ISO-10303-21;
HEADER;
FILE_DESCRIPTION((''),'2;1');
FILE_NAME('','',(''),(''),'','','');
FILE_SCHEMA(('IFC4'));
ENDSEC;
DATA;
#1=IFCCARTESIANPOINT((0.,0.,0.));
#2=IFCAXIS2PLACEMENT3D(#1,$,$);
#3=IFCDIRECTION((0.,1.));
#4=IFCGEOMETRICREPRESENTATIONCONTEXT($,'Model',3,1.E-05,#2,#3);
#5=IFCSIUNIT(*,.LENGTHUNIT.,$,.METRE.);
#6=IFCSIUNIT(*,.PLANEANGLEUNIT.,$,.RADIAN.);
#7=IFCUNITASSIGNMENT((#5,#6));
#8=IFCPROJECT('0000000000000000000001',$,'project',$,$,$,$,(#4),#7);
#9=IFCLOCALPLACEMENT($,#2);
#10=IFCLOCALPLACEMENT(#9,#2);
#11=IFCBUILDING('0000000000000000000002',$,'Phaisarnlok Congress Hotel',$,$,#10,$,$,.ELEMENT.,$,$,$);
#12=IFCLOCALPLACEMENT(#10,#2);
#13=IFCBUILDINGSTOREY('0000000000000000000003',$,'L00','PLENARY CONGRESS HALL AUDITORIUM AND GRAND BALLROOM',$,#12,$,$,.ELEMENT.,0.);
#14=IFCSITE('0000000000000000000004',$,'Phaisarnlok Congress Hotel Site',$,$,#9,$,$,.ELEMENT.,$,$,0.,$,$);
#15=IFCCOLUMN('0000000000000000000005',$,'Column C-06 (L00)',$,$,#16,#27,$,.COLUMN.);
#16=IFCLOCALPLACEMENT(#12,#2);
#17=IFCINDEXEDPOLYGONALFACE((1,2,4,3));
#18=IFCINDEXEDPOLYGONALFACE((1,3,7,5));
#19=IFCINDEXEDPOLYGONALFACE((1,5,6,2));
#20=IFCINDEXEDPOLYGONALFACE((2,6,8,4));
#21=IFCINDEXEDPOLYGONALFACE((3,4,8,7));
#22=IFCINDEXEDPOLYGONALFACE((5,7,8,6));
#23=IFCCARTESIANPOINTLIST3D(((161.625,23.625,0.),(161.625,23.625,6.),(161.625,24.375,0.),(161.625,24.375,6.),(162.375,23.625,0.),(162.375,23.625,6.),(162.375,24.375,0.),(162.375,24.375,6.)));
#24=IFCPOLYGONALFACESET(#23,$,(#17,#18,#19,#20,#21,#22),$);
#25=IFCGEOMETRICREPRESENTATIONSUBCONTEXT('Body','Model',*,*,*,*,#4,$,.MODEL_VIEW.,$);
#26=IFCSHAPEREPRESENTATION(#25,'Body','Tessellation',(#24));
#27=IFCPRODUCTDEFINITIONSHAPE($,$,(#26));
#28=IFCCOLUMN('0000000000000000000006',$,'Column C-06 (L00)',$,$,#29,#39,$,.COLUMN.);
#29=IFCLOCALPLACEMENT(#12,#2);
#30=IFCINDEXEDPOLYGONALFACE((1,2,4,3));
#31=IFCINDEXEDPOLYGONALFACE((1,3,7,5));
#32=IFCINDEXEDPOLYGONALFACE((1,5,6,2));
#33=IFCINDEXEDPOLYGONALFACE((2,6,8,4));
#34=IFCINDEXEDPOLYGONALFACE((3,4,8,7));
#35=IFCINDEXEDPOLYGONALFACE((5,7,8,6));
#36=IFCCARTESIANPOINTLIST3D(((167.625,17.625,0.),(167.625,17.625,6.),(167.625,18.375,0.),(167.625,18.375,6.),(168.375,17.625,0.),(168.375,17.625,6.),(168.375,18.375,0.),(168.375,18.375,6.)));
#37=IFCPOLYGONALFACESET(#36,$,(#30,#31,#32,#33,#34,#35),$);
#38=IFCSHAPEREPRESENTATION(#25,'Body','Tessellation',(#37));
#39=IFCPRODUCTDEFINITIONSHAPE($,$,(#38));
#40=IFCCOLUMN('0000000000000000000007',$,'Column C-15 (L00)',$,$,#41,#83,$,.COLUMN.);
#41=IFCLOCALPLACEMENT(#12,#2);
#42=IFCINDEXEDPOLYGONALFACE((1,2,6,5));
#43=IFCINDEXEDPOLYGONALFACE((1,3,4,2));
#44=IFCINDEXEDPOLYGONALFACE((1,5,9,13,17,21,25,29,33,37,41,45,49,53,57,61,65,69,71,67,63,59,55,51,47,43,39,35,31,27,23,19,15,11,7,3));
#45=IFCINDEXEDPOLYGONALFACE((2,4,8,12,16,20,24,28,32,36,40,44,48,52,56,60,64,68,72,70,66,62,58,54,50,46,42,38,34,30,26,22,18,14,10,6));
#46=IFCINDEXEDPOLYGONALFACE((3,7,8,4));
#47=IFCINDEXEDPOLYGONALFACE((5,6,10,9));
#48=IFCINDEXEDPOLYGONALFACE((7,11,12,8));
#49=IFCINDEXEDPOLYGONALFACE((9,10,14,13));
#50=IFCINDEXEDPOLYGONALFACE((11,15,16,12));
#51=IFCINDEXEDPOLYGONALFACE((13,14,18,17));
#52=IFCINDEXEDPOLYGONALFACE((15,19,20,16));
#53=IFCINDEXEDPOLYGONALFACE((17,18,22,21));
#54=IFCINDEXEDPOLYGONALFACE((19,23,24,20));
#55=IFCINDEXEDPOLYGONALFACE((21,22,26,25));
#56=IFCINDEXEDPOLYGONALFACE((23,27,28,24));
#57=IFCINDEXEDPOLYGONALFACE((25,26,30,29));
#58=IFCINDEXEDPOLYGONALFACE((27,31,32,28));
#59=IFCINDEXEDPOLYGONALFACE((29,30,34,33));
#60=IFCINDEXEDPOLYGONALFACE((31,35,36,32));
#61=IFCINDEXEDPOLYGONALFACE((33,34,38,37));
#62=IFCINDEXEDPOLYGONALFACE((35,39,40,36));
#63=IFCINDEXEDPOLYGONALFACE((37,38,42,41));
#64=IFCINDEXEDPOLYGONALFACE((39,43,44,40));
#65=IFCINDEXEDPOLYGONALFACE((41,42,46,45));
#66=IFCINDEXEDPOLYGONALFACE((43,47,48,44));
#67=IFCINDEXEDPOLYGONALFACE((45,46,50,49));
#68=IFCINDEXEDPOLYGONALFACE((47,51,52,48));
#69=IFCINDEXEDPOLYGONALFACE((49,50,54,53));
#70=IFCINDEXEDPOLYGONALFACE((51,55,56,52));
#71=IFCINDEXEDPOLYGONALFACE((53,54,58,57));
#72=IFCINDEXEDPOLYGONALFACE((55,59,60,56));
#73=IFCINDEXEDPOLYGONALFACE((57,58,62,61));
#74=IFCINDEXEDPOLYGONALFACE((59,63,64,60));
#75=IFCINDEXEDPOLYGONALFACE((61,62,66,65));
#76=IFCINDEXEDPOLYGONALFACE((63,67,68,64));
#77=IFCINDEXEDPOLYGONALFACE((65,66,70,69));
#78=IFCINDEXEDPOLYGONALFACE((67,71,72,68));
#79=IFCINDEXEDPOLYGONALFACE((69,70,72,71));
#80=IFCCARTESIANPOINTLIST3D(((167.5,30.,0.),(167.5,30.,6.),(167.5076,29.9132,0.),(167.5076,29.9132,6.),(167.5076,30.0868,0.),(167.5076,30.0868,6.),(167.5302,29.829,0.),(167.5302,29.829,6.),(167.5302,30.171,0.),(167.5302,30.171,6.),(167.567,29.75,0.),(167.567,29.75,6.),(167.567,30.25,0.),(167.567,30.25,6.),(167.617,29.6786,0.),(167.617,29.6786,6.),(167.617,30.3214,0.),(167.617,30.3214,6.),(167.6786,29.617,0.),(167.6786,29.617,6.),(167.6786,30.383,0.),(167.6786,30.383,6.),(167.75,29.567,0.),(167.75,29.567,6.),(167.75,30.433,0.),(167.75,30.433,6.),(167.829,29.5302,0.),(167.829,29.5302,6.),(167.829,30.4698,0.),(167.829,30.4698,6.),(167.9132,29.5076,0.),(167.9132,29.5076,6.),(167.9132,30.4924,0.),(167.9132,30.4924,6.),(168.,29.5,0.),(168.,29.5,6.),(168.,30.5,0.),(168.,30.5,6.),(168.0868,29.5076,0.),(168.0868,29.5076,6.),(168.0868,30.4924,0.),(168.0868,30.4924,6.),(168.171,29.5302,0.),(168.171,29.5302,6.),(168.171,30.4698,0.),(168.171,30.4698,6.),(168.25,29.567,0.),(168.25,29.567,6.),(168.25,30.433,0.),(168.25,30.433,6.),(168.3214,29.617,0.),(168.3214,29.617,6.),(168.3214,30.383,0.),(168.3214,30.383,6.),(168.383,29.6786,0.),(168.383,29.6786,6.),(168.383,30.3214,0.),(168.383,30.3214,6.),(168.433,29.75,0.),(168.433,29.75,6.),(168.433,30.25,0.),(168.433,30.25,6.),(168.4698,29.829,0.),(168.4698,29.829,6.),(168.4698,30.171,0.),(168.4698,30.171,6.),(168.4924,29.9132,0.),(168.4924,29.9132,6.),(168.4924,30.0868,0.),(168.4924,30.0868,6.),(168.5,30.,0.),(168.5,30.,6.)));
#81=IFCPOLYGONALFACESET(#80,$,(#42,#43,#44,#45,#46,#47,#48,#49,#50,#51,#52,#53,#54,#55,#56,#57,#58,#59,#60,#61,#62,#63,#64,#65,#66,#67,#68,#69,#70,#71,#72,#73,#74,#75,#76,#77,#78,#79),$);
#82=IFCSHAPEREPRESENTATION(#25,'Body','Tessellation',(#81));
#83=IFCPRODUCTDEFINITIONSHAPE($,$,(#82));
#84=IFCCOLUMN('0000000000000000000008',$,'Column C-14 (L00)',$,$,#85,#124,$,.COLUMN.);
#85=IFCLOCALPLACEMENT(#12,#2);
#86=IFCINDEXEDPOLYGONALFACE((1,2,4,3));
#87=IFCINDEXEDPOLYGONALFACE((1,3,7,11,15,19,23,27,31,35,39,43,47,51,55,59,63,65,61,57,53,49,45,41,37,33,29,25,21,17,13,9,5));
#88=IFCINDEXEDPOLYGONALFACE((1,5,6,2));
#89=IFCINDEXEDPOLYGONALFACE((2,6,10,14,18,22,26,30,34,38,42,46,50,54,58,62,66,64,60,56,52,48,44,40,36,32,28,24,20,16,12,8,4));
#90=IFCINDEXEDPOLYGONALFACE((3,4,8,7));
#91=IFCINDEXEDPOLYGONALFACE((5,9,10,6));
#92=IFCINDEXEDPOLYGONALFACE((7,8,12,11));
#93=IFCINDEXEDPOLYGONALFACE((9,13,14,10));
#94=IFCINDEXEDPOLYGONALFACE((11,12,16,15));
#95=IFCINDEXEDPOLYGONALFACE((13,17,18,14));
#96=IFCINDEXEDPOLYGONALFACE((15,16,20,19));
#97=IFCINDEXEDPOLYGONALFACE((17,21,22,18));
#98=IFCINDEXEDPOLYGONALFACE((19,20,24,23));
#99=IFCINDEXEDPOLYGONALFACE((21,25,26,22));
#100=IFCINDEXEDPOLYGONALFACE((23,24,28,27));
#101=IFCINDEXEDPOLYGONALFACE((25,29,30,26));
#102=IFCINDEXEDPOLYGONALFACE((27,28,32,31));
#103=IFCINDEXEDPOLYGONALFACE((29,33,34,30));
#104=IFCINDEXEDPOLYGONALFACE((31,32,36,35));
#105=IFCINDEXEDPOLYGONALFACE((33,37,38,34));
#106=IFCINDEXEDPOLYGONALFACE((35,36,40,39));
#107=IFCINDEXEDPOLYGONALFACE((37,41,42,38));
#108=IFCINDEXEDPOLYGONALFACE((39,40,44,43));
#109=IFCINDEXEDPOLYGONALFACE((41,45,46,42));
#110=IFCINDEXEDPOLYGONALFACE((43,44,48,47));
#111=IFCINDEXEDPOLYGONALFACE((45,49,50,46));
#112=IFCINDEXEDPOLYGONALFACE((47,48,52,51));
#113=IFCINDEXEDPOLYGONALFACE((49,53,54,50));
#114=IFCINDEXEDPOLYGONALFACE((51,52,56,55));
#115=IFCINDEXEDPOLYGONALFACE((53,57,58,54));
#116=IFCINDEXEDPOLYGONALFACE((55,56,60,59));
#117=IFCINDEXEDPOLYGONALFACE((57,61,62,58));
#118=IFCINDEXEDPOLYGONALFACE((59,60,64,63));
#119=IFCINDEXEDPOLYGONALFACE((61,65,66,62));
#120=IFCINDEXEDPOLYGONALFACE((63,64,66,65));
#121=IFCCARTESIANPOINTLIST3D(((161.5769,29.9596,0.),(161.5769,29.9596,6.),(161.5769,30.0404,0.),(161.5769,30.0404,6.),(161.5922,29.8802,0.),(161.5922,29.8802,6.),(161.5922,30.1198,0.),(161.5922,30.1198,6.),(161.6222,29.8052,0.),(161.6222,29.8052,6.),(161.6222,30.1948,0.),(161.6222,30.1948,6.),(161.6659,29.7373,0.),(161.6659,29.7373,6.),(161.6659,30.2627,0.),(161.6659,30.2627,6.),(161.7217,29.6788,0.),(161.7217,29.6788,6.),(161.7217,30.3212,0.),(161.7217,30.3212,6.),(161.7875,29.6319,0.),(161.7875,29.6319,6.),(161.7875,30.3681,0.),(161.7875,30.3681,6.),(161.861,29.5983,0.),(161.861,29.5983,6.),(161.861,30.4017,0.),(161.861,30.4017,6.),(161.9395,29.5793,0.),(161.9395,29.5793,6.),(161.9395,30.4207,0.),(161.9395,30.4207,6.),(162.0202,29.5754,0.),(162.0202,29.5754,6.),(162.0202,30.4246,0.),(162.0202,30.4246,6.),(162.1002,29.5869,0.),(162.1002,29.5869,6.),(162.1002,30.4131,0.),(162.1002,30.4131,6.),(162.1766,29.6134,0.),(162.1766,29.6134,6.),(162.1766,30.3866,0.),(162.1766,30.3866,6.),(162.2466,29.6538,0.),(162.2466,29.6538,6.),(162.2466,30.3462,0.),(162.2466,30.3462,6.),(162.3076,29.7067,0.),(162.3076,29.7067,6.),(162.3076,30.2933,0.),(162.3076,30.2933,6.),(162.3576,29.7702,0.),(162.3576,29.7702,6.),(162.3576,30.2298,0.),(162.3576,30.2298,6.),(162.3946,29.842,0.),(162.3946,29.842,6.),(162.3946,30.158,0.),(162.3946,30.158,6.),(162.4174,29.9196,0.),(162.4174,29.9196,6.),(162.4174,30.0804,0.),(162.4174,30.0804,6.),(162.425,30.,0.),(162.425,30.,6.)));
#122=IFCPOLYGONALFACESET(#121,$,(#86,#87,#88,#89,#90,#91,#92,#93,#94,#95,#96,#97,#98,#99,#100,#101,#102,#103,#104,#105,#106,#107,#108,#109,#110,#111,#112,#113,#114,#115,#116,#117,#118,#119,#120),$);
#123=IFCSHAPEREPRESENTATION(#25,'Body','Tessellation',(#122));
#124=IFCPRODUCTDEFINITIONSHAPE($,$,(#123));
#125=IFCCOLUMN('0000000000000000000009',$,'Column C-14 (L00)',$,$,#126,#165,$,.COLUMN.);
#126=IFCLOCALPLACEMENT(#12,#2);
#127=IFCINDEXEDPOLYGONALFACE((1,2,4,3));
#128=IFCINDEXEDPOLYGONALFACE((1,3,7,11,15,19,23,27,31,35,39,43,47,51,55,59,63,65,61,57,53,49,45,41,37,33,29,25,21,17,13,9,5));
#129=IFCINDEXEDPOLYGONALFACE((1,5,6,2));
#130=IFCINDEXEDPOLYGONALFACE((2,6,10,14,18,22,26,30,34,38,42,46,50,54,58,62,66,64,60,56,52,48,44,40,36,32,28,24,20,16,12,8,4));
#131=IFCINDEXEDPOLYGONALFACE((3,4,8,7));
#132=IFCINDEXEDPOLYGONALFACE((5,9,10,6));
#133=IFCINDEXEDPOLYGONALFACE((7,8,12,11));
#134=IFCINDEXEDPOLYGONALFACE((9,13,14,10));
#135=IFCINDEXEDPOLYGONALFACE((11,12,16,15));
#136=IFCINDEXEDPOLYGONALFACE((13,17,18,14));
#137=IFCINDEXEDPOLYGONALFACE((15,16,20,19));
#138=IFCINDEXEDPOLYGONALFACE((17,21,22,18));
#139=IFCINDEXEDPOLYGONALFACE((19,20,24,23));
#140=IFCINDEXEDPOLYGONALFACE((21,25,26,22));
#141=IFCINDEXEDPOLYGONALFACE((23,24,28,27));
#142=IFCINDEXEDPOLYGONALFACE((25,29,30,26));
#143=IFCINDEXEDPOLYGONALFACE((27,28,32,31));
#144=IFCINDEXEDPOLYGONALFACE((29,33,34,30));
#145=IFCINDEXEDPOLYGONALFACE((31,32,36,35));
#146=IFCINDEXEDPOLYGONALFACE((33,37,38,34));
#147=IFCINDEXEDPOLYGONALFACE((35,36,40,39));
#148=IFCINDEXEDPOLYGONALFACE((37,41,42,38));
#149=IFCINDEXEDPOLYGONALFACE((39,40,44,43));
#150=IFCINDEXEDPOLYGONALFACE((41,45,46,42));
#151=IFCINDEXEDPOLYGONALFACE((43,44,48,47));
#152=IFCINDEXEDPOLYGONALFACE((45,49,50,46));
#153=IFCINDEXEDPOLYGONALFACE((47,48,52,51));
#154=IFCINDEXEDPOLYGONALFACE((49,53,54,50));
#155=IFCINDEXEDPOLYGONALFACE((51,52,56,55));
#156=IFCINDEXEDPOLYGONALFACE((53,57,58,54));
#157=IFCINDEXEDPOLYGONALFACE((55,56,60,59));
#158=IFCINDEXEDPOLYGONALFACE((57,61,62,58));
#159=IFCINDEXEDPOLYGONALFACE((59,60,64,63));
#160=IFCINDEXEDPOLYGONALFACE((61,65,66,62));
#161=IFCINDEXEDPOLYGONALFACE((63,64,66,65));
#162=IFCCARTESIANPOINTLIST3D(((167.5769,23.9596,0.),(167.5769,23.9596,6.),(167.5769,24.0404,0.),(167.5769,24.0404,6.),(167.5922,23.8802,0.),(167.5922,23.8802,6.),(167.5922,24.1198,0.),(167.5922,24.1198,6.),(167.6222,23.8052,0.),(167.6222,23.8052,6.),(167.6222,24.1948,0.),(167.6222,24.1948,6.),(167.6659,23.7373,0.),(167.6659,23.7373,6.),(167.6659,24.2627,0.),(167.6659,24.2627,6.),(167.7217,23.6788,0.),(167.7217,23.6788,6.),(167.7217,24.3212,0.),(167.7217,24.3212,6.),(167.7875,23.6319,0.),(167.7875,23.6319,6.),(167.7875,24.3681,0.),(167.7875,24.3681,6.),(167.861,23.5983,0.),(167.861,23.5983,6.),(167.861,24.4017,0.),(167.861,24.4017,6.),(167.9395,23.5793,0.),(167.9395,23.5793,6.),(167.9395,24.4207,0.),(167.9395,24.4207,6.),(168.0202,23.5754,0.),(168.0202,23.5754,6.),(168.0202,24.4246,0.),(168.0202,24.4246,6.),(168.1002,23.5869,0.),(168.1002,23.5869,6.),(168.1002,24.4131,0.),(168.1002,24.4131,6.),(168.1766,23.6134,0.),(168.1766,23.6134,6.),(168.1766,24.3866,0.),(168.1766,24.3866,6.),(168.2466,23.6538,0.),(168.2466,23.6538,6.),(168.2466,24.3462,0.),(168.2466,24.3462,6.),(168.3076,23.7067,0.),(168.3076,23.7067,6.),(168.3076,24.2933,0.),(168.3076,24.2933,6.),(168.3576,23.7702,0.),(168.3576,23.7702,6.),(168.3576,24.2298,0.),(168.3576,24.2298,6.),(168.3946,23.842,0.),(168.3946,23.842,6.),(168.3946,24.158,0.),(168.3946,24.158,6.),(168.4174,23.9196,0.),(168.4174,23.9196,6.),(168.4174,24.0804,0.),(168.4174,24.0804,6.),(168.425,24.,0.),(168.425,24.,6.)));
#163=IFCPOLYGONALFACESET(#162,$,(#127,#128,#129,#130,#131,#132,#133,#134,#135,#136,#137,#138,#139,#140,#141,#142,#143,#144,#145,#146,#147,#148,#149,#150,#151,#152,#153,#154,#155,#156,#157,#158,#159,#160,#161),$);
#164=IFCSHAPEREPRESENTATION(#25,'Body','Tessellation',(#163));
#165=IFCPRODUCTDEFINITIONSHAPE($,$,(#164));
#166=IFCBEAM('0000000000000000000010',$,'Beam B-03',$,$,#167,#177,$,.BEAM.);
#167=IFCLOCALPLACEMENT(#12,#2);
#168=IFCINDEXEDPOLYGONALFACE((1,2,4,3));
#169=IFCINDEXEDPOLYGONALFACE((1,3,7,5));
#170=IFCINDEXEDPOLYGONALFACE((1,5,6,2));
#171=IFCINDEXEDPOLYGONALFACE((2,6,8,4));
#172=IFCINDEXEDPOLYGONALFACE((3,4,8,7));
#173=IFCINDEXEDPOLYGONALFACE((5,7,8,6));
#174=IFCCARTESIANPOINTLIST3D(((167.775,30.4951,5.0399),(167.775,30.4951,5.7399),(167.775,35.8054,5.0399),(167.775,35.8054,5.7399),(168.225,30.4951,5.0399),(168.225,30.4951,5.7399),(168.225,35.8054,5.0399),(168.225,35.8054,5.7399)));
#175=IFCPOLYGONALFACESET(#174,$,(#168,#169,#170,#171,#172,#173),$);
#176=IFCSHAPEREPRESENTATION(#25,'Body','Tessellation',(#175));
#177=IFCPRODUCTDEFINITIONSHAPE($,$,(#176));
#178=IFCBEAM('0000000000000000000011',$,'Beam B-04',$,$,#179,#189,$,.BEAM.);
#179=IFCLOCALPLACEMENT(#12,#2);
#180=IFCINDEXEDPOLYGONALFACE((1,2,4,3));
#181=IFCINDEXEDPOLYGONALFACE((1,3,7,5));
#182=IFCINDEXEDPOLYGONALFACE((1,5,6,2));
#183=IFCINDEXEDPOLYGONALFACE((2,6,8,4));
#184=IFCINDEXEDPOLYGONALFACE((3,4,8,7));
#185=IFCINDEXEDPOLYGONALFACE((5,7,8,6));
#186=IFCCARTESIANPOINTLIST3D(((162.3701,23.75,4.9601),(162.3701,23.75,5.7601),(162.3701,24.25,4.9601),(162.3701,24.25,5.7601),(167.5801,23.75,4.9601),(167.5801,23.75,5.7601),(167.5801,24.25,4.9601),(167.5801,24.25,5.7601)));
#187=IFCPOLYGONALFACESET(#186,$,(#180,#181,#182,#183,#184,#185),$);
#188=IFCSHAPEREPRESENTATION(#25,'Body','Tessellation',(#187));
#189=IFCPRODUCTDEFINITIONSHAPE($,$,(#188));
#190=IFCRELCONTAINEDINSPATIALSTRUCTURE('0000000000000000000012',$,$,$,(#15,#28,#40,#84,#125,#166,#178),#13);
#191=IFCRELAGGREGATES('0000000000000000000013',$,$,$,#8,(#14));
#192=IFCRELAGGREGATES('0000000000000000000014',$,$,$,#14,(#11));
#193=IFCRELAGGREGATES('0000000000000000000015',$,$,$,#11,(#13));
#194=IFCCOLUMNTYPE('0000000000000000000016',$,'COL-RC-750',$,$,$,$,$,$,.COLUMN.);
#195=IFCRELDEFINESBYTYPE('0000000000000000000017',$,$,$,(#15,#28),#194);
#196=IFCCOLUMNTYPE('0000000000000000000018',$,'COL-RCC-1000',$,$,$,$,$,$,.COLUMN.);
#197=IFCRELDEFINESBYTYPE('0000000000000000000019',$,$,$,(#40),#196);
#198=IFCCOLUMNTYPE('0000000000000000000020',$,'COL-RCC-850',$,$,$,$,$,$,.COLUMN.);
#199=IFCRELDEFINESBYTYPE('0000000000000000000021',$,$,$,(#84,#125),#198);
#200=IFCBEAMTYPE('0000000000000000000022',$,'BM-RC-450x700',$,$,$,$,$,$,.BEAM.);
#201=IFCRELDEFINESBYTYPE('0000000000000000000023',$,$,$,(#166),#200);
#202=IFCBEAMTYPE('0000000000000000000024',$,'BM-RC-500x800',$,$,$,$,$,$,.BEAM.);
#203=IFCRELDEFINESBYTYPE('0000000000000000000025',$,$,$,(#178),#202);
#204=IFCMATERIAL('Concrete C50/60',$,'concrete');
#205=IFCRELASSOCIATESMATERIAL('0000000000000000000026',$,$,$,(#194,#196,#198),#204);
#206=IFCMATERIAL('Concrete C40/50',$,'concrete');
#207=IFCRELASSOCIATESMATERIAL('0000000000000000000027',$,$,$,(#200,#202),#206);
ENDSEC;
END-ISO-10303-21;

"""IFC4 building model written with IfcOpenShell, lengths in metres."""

from ifc_helpers import new_model, si_unit, direction, frame, origin, origin_2d, place, context, subcontext, project, spatial, rectangle, circle, extrude, material, material_profile, profile_set, type_object, element, save


model = new_model("IFC4")

# Units and contexts
model_context = context("Model", 3, precision=1e-05, world=origin(), true_north=direction((0.0, 1.0)))
body_context = subcontext(model_context, "Body", "Model", "MODEL_VIEW")
ifc_project = project(units=[si_unit("LENGTHUNIT", "METRE"), si_unit("PLANEANGLEUNIT", "RADIAN")], contexts=[model_context])

# Site, building, storey
site_placement = place(None, origin())
site = spatial("IfcSite", under=ifc_project, at=site_placement, Name="Phaisarnlok Congress Hotel Site", CompositionType="ELEMENT", RefElevation=0.0)
building_placement = place(site_placement, origin())
building = spatial("IfcBuilding", under=site, at=building_placement, Name="Phaisarnlok Congress Hotel", CompositionType="ELEMENT")
storey_placement = place(building_placement, origin())
storey = spatial("IfcBuildingStorey", under=building, at=storey_placement, Name="L00", Description="PLENARY CONGRESS HALL AUDITORIUM AND GRAND BALLROOM", CompositionType="ELEMENT", Elevation=0.0)

# Columns
ifc_material_1 = material(Name="Concrete C50/60", Category="concrete")
ifc_material_profile_1 = material_profile(ifc_material_1, rectangle(XDim=0.75, YDim=0.75, at=origin_2d()), Name="RC 750x750")
ifc_profile_set_1 = profile_set([ifc_material_profile_1], Name="Concrete C50/60")
column_type_1 = type_object("IfcColumnType", Name="COL-RC-750", PredefinedType="COLUMN", material=ifc_profile_set_1)
for number, where, z_axis, x_axis, name in (
    (1, (162.0, 24.0, 0.0), (0.0, 0.0, 1.0), (1.0, 0.0, 0.0), "Column C-06 (L00)"),
    (2, (168.0, 18.0, 0.0), (0.0, 0.0, 1.0), (1.0, 0.0, 0.0), "Column C-06 (L00)"),
):
    element("IfcColumn", number, at=place(storey_placement, frame(where, z_axis=z_axis, x_axis=x_axis)), inside=storey, type_object=column_type_1, Name=name, PredefinedType="COLUMN", context=body_context, shape_type="SweptSolid", body=[
        extrude(rectangle(XDim=0.75, YDim=0.75, at=origin_2d()), origin(), (0.0, 0.0, 1.0), 6.0),
    ])
ifc_material_profile_2 = material_profile(ifc_material_1, circle(Radius=0.5, at=origin_2d()), Name="RCC D1000")
ifc_profile_set_2 = profile_set([ifc_material_profile_2], Name="Concrete C50/60")
column_type_2 = type_object("IfcColumnType", Name="COL-RCC-1000", PredefinedType="COLUMN", material=ifc_profile_set_2)
column_placement = place(storey_placement, frame((168.0, 30.0, 0.0), z_axis=(0.0, 0.0, 1.0), x_axis=(1.0, 0.0, 0.0)))
element("IfcColumn", 3, at=column_placement, inside=storey, type_object=column_type_2, Name="Column C-15 (L00)", PredefinedType="COLUMN", context=body_context, shape_type="SweptSolid", body=[
    extrude(circle(Radius=0.5, at=origin_2d()), origin(), (0.0, 0.0, 1.0), 6.0),
])
ifc_material_profile_3 = material_profile(ifc_material_1, circle(Radius=0.425, at=origin_2d()), Name="RCC D850")
ifc_profile_set_3 = profile_set([ifc_material_profile_3], Name="Concrete C50/60")
column_type_3 = type_object("IfcColumnType", Name="COL-RCC-850", PredefinedType="COLUMN", material=ifc_profile_set_3)
for number, where, z_axis, x_axis, name in (
    (4, (162.0, 30.0, 0.0), (0.0, 0.0, 1.0), (1.0, 0.0, 0.0), "Column C-14 (L00)"),
    (5, (168.0, 24.0, 0.0), (0.0, 0.0, 1.0), (1.0, 0.0, 0.0), "Column C-14 (L00)"),
):
    element("IfcColumn", number, at=place(storey_placement, frame(where, z_axis=z_axis, x_axis=x_axis)), inside=storey, type_object=column_type_3, Name=name, PredefinedType="COLUMN", context=body_context, shape_type="SweptSolid", body=[
        extrude(circle(Radius=0.425, at=origin_2d()), origin(), (0.0, 0.0, 1.0), 6.0),
    ])

# Beams
ifc_material_2 = material(Name="Concrete C40/50", Category="concrete")
ifc_material_profile_4 = material_profile(ifc_material_2, rectangle(XDim=0.45, YDim=0.7, at=origin_2d()), Name="RC 450x700")
ifc_profile_set_4 = profile_set([ifc_material_profile_4], Name="Concrete C40/50")
beam_type_1 = type_object("IfcBeamType", Name="BM-RC-450x700", PredefinedType="BEAM", material=ifc_profile_set_4)
beam_1_placement = place(storey_placement, frame((168.0, 30.4951, 5.3899), z_axis=(0.0, 1.0, 0.0), x_axis=(-1.0, 0.0, 0.0)))
element("IfcBeam", 6, at=beam_1_placement, inside=storey, type_object=beam_type_1, Name="Beam B-03", PredefinedType="BEAM", context=body_context, shape_type="SweptSolid", body=[
    extrude(rectangle(XDim=0.45, YDim=0.7, at=origin_2d()), origin(), (0.0, 0.0, 1.0), 5.3103),
])
ifc_material_profile_5 = material_profile(ifc_material_2, rectangle(XDim=0.5, YDim=0.8, at=origin_2d()), Name="RC 500x800")
ifc_profile_set_5 = profile_set([ifc_material_profile_5], Name="Concrete C40/50")
beam_type_2 = type_object("IfcBeamType", Name="BM-RC-500x800", PredefinedType="BEAM", material=ifc_profile_set_5)
for number, where, z_axis, x_axis, name in (
    (7, (162.3701, 24.0, 5.3601), (1.0, 0.0, 0.0), (0.0, 1.0, 0.0), "Beam B-04"),
):
    element("IfcBeam", number, at=place(storey_placement, frame(where, z_axis=z_axis, x_axis=x_axis)), inside=storey, type_object=beam_type_2, Name=name, PredefinedType="BEAM", context=body_context, shape_type="SweptSolid", body=[
        extrude(rectangle(XDim=0.5, YDim=0.8, at=origin_2d()), origin(), (0.0, 0.0, 1.0), 5.21),
    ])

save(model, "model.ifc")
